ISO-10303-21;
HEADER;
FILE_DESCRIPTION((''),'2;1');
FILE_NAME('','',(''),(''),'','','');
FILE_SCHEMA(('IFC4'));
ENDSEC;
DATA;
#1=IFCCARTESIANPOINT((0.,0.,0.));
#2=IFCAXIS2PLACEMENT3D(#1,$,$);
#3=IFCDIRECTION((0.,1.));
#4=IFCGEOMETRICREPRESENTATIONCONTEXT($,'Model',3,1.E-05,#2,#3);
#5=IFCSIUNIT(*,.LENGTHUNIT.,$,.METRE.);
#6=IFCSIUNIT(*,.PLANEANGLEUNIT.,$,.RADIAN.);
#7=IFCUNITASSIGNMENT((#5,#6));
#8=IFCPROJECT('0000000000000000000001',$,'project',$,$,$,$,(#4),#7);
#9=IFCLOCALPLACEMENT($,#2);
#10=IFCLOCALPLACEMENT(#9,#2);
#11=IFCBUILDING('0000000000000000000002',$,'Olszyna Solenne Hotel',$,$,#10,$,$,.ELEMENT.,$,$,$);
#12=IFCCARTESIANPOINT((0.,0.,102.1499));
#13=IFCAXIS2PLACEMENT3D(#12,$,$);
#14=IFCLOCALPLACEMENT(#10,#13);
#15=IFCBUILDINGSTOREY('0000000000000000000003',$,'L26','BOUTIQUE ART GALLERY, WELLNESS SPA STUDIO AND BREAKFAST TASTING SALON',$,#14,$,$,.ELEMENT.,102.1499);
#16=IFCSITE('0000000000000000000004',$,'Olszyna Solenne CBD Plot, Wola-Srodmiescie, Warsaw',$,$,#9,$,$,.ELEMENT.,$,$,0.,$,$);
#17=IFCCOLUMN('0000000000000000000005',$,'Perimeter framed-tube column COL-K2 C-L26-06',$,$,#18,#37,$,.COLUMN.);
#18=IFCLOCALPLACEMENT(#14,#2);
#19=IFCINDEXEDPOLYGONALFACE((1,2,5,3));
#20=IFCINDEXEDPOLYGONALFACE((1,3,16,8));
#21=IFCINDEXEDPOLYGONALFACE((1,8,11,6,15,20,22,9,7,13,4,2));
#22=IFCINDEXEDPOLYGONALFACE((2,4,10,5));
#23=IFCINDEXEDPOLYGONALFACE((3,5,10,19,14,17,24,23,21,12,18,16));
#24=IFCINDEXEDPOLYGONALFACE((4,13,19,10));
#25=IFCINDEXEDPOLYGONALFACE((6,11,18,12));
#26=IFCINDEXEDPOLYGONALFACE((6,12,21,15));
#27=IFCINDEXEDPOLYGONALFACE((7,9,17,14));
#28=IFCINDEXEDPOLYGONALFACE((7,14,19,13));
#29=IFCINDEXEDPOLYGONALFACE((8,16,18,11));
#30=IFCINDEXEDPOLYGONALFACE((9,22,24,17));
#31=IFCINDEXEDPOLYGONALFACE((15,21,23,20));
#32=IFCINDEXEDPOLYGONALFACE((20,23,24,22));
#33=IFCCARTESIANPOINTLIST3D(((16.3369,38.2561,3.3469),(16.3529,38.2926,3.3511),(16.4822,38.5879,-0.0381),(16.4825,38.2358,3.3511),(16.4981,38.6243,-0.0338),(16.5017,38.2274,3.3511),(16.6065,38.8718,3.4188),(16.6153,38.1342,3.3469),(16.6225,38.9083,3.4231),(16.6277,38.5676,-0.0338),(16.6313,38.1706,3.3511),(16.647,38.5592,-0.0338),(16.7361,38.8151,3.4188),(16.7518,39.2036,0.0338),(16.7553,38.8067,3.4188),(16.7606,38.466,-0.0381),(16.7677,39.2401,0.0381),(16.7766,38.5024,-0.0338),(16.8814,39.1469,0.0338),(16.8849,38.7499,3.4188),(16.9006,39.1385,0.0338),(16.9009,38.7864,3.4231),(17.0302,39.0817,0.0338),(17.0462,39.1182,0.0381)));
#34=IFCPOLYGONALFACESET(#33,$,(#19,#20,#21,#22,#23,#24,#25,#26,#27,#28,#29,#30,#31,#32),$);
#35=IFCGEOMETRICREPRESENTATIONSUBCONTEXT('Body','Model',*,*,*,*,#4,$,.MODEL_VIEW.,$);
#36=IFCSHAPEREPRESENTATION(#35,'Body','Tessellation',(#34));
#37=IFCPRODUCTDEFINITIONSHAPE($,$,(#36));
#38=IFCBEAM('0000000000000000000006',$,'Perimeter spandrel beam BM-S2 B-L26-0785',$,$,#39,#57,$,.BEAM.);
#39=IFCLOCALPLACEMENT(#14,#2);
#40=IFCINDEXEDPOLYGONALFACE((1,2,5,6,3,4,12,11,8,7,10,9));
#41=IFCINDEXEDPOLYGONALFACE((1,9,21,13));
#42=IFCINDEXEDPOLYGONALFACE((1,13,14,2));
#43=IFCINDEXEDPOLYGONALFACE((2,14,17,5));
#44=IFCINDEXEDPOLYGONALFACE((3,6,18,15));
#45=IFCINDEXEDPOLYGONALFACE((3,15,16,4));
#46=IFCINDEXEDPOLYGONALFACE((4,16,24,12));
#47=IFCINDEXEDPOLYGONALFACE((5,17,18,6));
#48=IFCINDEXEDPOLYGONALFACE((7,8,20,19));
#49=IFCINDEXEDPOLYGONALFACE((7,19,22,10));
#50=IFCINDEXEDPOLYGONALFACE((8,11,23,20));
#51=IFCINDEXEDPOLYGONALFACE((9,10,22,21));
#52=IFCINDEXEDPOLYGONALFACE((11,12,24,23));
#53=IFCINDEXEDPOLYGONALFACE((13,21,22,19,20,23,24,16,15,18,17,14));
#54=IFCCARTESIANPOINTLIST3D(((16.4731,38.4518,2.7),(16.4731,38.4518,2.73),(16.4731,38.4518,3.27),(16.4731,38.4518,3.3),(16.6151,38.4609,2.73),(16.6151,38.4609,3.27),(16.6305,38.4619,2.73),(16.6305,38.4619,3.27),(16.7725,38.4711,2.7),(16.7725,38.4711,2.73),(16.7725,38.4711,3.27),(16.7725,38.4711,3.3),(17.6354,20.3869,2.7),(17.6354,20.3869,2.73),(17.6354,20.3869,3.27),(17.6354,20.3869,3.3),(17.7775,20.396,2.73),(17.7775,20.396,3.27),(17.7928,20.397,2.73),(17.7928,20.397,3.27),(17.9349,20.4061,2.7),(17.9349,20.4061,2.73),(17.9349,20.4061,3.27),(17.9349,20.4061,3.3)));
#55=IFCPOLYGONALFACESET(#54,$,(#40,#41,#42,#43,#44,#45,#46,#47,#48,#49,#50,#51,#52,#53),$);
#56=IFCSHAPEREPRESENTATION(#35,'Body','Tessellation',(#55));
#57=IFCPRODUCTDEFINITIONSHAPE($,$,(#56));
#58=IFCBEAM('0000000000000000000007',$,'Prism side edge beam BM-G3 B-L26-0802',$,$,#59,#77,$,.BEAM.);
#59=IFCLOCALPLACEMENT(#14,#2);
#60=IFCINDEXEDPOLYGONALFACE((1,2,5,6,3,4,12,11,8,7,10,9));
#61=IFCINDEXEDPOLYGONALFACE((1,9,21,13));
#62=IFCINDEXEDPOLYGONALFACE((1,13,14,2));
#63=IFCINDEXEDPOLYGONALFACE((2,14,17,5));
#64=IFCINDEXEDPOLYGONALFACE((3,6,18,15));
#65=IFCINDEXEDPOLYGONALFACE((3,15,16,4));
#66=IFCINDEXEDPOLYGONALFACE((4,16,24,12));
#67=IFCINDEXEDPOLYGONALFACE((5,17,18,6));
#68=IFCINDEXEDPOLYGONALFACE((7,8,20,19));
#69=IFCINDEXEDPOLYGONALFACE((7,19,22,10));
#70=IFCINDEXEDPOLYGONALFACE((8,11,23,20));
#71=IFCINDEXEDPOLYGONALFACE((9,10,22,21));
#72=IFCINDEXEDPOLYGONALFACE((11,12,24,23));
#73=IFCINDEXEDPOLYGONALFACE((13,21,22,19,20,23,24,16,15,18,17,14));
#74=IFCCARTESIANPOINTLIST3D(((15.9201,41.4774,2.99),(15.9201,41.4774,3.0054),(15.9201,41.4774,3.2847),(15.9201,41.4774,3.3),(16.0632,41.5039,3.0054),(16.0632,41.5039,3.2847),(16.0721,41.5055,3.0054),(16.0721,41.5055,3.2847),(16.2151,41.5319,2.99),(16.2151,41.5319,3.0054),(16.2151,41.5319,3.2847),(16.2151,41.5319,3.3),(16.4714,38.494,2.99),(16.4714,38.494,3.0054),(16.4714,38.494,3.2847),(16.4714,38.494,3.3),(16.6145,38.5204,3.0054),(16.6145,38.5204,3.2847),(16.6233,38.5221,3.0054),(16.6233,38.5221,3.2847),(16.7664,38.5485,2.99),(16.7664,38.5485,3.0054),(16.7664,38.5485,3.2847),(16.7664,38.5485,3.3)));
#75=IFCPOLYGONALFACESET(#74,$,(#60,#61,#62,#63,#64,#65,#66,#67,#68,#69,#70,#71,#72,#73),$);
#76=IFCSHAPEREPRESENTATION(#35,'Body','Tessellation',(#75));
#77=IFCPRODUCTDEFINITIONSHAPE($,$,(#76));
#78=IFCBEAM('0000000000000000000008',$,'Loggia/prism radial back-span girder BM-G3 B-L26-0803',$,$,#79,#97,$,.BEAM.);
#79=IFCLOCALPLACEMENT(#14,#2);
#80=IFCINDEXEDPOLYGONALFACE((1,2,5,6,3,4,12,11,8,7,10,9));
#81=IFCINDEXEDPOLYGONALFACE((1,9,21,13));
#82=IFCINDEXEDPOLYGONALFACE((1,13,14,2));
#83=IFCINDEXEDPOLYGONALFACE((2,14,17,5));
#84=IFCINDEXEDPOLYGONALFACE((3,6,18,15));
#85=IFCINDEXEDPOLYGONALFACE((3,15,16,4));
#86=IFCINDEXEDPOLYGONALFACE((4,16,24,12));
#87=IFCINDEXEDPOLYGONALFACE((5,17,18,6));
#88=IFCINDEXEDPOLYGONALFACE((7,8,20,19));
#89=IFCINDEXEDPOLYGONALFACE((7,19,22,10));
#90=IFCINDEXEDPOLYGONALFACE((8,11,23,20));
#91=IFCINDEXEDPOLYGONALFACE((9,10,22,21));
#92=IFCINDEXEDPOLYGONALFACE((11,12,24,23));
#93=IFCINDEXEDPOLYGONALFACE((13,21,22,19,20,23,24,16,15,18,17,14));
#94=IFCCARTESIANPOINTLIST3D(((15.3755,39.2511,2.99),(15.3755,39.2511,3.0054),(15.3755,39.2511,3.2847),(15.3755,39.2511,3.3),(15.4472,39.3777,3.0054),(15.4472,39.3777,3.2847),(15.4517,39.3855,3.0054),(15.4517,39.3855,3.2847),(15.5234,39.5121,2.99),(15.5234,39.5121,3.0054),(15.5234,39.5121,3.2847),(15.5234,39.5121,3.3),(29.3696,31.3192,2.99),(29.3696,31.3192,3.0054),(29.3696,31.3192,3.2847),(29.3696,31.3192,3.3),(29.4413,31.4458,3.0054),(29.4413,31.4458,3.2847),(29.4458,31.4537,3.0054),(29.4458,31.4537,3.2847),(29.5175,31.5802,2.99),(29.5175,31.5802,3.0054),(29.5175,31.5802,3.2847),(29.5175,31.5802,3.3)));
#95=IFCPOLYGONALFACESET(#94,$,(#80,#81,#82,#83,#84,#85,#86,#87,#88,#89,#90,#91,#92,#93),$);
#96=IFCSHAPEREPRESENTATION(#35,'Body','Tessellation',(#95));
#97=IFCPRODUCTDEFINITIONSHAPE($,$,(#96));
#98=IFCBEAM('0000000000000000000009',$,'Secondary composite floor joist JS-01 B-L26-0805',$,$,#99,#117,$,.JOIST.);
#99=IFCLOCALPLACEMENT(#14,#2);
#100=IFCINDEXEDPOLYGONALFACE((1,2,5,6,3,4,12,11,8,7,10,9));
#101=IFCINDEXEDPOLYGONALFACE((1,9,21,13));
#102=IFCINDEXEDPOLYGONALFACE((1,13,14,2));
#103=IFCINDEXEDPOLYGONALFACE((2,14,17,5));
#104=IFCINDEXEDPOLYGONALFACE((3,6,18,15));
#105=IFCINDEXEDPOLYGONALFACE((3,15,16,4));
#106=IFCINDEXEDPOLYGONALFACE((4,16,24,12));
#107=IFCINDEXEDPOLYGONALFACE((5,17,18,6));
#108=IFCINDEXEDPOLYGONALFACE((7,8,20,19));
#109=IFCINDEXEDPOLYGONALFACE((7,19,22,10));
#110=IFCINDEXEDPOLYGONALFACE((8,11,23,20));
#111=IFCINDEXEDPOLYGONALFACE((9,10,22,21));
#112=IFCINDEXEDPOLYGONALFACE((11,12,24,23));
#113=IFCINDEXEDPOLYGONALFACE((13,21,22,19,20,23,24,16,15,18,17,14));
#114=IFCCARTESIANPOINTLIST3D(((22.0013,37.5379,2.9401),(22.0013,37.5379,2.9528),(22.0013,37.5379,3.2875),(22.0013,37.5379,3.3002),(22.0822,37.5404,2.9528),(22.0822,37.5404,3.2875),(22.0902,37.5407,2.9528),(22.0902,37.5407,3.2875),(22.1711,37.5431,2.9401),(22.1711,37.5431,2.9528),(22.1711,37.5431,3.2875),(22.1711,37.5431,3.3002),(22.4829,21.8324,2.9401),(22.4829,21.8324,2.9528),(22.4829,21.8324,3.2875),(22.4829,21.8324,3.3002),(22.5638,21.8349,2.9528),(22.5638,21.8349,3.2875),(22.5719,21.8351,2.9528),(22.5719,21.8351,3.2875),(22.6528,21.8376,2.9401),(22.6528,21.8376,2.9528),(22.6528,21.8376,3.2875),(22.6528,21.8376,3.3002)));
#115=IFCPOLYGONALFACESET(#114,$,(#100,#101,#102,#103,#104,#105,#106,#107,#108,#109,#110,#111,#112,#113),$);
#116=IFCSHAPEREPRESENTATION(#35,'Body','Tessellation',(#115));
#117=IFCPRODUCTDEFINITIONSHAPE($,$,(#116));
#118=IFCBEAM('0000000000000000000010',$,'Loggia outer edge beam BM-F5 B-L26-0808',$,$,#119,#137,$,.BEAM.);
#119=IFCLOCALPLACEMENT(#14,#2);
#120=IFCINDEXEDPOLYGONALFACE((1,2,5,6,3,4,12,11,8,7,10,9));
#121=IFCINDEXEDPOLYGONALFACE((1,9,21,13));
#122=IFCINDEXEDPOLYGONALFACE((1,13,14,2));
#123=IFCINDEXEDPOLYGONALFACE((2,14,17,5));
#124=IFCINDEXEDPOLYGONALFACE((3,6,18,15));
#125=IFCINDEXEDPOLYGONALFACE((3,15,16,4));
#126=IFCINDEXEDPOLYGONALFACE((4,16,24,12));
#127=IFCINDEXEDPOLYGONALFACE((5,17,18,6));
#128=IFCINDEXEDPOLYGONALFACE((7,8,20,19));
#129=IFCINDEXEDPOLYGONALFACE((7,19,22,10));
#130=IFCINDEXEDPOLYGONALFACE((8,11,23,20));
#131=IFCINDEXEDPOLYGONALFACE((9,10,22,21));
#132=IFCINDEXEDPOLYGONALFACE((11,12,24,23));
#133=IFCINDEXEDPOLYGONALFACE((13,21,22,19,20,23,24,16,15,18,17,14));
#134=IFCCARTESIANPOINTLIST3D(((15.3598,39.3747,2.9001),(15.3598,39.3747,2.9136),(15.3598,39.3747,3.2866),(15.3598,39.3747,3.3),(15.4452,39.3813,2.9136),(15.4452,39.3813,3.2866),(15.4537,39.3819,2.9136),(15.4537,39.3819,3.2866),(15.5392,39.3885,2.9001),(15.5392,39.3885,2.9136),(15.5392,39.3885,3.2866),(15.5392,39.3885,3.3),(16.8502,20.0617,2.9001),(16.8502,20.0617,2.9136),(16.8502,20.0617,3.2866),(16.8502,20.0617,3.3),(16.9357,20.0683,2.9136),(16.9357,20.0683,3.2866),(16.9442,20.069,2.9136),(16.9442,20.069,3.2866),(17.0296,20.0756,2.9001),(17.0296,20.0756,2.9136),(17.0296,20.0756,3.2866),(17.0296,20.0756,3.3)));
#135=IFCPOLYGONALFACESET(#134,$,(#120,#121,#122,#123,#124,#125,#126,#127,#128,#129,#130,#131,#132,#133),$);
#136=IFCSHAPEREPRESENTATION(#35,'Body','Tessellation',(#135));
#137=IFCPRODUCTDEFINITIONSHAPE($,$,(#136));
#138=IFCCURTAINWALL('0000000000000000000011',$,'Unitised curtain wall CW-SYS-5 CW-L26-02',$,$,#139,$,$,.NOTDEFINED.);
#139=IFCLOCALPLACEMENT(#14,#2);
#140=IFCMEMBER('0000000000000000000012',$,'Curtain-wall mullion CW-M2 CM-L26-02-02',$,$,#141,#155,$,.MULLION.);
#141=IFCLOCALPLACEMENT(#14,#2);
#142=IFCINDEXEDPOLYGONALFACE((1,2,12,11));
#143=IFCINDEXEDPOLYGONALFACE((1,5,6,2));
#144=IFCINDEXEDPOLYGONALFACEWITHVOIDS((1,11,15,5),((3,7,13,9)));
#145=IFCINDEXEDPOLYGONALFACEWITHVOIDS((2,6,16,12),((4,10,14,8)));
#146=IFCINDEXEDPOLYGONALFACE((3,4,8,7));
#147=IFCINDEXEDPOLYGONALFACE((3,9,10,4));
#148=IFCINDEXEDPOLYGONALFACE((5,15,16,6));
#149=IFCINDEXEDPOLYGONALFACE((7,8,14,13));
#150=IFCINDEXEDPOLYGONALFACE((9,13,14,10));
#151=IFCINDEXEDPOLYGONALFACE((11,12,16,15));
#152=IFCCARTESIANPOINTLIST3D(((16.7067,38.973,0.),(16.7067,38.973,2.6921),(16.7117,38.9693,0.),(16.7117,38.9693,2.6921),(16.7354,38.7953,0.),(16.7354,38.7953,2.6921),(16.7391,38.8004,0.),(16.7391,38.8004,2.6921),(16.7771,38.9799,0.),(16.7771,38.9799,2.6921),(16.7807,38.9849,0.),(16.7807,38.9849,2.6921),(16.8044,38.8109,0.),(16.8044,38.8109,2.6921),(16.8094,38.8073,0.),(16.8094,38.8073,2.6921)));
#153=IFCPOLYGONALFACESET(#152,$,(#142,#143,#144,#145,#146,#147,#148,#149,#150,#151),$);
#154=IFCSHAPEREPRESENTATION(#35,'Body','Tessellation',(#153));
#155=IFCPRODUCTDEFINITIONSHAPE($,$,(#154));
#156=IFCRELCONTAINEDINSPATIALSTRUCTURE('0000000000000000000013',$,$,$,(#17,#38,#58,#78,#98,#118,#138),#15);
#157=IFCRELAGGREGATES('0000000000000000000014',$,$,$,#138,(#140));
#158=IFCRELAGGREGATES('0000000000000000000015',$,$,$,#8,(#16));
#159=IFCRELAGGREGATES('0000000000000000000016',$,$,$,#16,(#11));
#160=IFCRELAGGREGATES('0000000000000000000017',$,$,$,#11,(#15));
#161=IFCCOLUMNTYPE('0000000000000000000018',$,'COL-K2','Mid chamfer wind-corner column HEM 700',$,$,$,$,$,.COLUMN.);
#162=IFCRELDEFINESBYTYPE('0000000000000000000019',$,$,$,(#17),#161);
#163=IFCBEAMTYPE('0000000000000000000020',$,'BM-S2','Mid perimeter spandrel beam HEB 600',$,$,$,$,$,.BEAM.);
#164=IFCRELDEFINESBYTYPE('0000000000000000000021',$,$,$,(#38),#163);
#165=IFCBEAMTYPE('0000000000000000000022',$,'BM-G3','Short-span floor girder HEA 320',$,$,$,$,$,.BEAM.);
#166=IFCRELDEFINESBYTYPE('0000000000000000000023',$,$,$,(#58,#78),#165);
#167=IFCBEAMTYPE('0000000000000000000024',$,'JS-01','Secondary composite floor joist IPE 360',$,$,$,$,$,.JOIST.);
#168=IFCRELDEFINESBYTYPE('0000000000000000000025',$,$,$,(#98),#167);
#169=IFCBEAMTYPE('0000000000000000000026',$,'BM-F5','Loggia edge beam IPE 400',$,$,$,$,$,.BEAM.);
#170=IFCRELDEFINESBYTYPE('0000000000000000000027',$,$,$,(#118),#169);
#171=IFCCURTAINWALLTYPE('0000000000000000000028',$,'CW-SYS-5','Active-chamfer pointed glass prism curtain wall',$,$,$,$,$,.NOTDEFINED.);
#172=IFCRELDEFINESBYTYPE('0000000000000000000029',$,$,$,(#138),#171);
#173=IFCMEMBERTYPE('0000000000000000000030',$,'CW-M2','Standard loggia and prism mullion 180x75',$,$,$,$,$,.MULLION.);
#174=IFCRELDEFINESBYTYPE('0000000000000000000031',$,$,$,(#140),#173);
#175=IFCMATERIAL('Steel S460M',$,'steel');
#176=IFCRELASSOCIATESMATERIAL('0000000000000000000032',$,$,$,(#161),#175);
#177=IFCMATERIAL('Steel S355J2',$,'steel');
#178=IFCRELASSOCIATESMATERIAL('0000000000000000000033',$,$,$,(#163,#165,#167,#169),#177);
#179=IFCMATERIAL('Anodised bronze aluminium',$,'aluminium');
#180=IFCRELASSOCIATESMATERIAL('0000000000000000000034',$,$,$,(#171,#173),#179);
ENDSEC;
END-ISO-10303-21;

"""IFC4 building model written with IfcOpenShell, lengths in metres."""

from ifc_helpers import new_model, si_unit, direction, frame, origin, origin_2d, place, context, subcontext, project, spatial, hollow_rectangle, i_section, extrude, source, transform, mapped, material, material_profile, profile_set, type_object, element, aggregate, save


model = new_model("IFC4")

# Units and contexts
model_context = context("Model", 3, precision=1e-05, world=origin(), true_north=direction((0.0, 1.0)))
body_context = subcontext(model_context, "Body", "Model", "MODEL_VIEW")
ifc_project = project(units=[si_unit("LENGTHUNIT", "METRE"), si_unit("PLANEANGLEUNIT", "RADIAN")], contexts=[model_context])

# Site, building, storey
site_placement = place(None, origin())
site = spatial("IfcSite", under=ifc_project, at=site_placement, Name="Olszyna Solenne CBD Plot, Wola-Srodmiescie, Warsaw", CompositionType="ELEMENT", RefElevation=0.0)
building_placement = place(site_placement, origin())
building = spatial("IfcBuilding", under=site, at=building_placement, Name="Olszyna Solenne Hotel", CompositionType="ELEMENT")
storey_placement = place(building_placement, frame((0.0, 0.0, 102.1499)))
storey = spatial("IfcBuildingStorey", under=building, at=storey_placement, Name="L26", Description="BOUTIQUE ART GALLERY, WELLNESS SPA STUDIO AND BREAKFAST TASTING SALON", CompositionType="ELEMENT", Elevation=102.1499)

# Column
ifc_material_1 = material(Name="Steel S460M", Category="steel")
ifc_material_profile_1 = material_profile(ifc_material_1, i_section(OverallWidth=0.304, OverallDepth=0.7161, WebThickness=0.021, FlangeThickness=0.04, at=origin_2d()), Name="HEM 700", Category="load-bearing")
ifc_profile_set_1 = profile_set([ifc_material_profile_1], Name="Steel S460M")
column_type = type_object("IfcColumnType", Name="COL-K2", Description="Mid chamfer wind-corner column HEM 700", PredefinedType="COLUMN", material=ifc_profile_set_1)
shared_shape_1 = source(origin(), body_context, "Body", "SweptSolid", [
    extrude(i_section(OverallWidth=0.304, OverallDepth=0.7161, WebThickness=0.021, FlangeThickness=0.04, at=origin_2d()), origin(), (0.0, 0.0, 1.0), 3.4043),
])
column_placement = place(storey_placement, frame((16.7642, 38.853, 0.0), z_axis=(-0.04267, -0.09746, 0.994324), x_axis=(0.916049, -0.401066, 0.0)))
element("IfcColumn", 1, at=column_placement, inside=storey, type_object=column_type, Name="Perimeter framed-tube column COL-K2 C-L26-06", PredefinedType="COLUMN", context=body_context, shape_type="MappedRepresentation", body=[
    mapped(shared_shape_1, transform((0.0, 0.0, 0.0), x_axis=(1.0, 0.0, 0.0), y_axis=(0.0, 1.0, 0.0), z_axis=(0.0, 0.0, 1.0), scale=1.0)),
])

# Beams
ifc_material_2 = material(Name="Steel S355J2", Category="steel")
ifc_material_profile_2 = material_profile(ifc_material_2, i_section(OverallWidth=0.3, OverallDepth=0.6001, WebThickness=0.0154, FlangeThickness=0.03, at=origin_2d()), Name="HEB 600", Category="load-bearing")
ifc_profile_set_2 = profile_set([ifc_material_profile_2], Name="Steel S355J2")
beam_type_1 = type_object("IfcBeamType", Name="BM-S2", Description="Mid perimeter spandrel beam HEB 600", PredefinedType="BEAM", material=ifc_profile_set_2)
shared_shape_2 = source(origin(), body_context, "Body", "SweptSolid", [
    extrude(i_section(OverallWidth=0.3, OverallDepth=0.6001, WebThickness=0.0154, FlangeThickness=0.03, at=origin_2d()), origin(), (0.0, 0.0, 1.0), 18.1023),
])
beam_1_placement = place(storey_placement, frame((16.6228, 38.4614, 3.0), z_axis=(0.06421, -0.997936, 0.0), x_axis=(0.997936, 0.06421, 0.0)))
element("IfcBeam", 2, at=beam_1_placement, inside=storey, type_object=beam_type_1, Name="Perimeter spandrel beam BM-S2 B-L26-0785", PredefinedType="BEAM", context=body_context, shape_type="MappedRepresentation", body=[
    mapped(shared_shape_2, transform((0.0, 0.0, 0.0), x_axis=(1.0, 0.0, 0.0), y_axis=(0.0, 1.0, 0.0), z_axis=(0.0, 0.0, 1.0), scale=1.0)),
])
ifc_material_profile_3 = material_profile(ifc_material_2, i_section(OverallWidth=0.3, OverallDepth=0.3101, WebThickness=0.009, FlangeThickness=0.0154, at=origin_2d()), Name="HEA 320", Category="load-bearing")
ifc_profile_set_3 = profile_set([ifc_material_profile_3], Name="Steel S355J2")
beam_type_2 = type_object("IfcBeamType", Name="BM-G3", Description="Short-span floor girder HEA 320", PredefinedType="BEAM", material=ifc_profile_set_3)
shared_shape_3 = source(origin(), body_context, "Body", "SweptSolid", [
    extrude(i_section(OverallWidth=0.3, OverallDepth=0.3101, WebThickness=0.009, FlangeThickness=0.0154, at=origin_2d()), origin(), (0.0, 0.0, 1.0), 3.0339),
])
beam_2_placement = place(storey_placement, frame((16.6189, 38.5212, 3.145), z_axis=(-0.181703, 0.983353, 0.0), x_axis=(-0.983353, -0.181703, 0.0)))
element("IfcBeam", 3, at=beam_2_placement, inside=storey, type_object=beam_type_2, Name="Prism side edge beam BM-G3 B-L26-0802", PredefinedType="BEAM", context=body_context, shape_type="MappedRepresentation", body=[
    mapped(shared_shape_3, transform((0.0, 0.0, 0.0), x_axis=(1.0, 0.0, 0.0), y_axis=(0.0, 1.0, 0.0), z_axis=(0.0, 0.0, 1.0), scale=1.0)),
])
shared_shape_4 = source(origin(), body_context, "Body", "SweptSolid", [
    extrude(i_section(OverallWidth=0.3, OverallDepth=0.3101, WebThickness=0.009, FlangeThickness=0.0154, at=origin_2d()), origin(), (0.0, 0.0, 1.0), 16.0857),
])
beam_3_placement = place(storey_placement, frame((15.4495, 39.3816, 3.145), z_axis=(0.869972, -0.493101, 0.0), x_axis=(0.493101, 0.869972, 0.0)))
element("IfcBeam", 4, at=beam_3_placement, inside=storey, type_object=beam_type_2, Name="Loggia/prism radial back-span girder BM-G3 B-L26-0803", PredefinedType="BEAM", context=body_context, shape_type="MappedRepresentation", body=[
    mapped(shared_shape_4, transform((0.0, 0.0, 0.0), x_axis=(1.0, 0.0, 0.0), y_axis=(0.0, 1.0, 0.0), z_axis=(0.0, 0.0, 1.0), scale=1.0)),
])
ifc_material_profile_4 = material_profile(ifc_material_2, i_section(OverallWidth=0.1699, OverallDepth=0.3601, WebThickness=0.0081, FlangeThickness=0.0127, at=origin_2d()), Name="IPE 360", Category="load-bearing")
ifc_profile_set_4 = profile_set([ifc_material_profile_4], Name="Steel S355J2")
beam_type_3 = type_object("IfcBeamType", Name="JS-01", Description="Secondary composite floor joist IPE 360", PredefinedType="JOIST", material=ifc_profile_set_4)
shared_shape_5 = source(origin(), body_context, "Body", "SweptSolid", [
    extrude(i_section(OverallWidth=0.1699, OverallDepth=0.3601, WebThickness=0.0081, FlangeThickness=0.0127, at=origin_2d()), origin(), (0.0, 0.0, 1.0), 15.7129),
])
beam_4_placement = place(storey_placement, frame((22.0862, 37.5405, 3.1201), z_axis=(0.030656, -0.99953, 0.0), x_axis=(0.99953, 0.030656, 0.0)))
element("IfcBeam", 5, at=beam_4_placement, inside=storey, type_object=beam_type_3, Name="Secondary composite floor joist JS-01 B-L26-0805", PredefinedType="JOIST", context=body_context, shape_type="MappedRepresentation", body=[
    mapped(shared_shape_5, transform((0.0, 0.0, 0.0), x_axis=(1.0, 0.0, 0.0), y_axis=(0.0, 1.0, 0.0), z_axis=(0.0, 0.0, 1.0), scale=1.0)),
])
ifc_material_profile_5 = material_profile(ifc_material_2, i_section(OverallWidth=0.1799, OverallDepth=0.3999, WebThickness=0.0085, FlangeThickness=0.0134, at=origin_2d()), Name="IPE 400", Category="load-bearing")
ifc_profile_set_5 = profile_set([ifc_material_profile_5], Name="Steel S355J2")
beam_type_4 = type_object("IfcBeamType", Name="BM-F5", Description="Loggia edge beam IPE 400", PredefinedType="BEAM", material=ifc_profile_set_5)
shared_shape_6 = source(origin(), body_context, "Body", "SweptSolid", [
    extrude(i_section(OverallWidth=0.1799, OverallDepth=0.3999, WebThickness=0.0085, FlangeThickness=0.0134, at=origin_2d()), origin(), (0.0, 0.0, 1.0), 19.3704),
])
beam_5_placement = place(storey_placement, frame((15.4495, 39.3816, 3.1001), z_axis=(0.076946, -0.997035, 0.0), x_axis=(0.997035, 0.076946, 0.0)))
element("IfcBeam", 6, at=beam_5_placement, inside=storey, type_object=beam_type_4, Name="Loggia outer edge beam BM-F5 B-L26-0808", PredefinedType="BEAM", context=body_context, shape_type="MappedRepresentation", body=[
    mapped(shared_shape_6, transform((0.0, 0.0, 0.0), x_axis=(1.0, 0.0, 0.0), y_axis=(0.0, 1.0, 0.0), z_axis=(0.0, 0.0, 1.0), scale=1.0)),
])

# Curtain wall, member
ifc_material_3 = material(Name="Anodised bronze aluminium", Category="aluminium")
curtain_wall_type = type_object("IfcCurtainWallType", Name="CW-SYS-5", Description="Active-chamfer pointed glass prism curtain wall", PredefinedType="NOTDEFINED", material=ifc_material_3)
curtain_wall_placement = place(storey_placement, origin())
curtain_wall = element("IfcCurtainWall", 7, at=curtain_wall_placement, inside=storey, type_object=curtain_wall_type, Name="Unitised curtain wall CW-SYS-5 CW-L26-02", PredefinedType="NOTDEFINED")
ifc_material_profile_6 = material_profile(ifc_material_3, hollow_rectangle(XDim=0.075, YDim=0.1799, WallThickness=0.0044, at=origin_2d()), Name="MULL 180x75x4.5", Category="load-bearing")
ifc_profile_set_6 = profile_set([ifc_material_profile_6], Name="Anodised bronze aluminium")
member_type = type_object("IfcMemberType", Name="CW-M2", Description="Standard loggia and prism mullion 180x75", PredefinedType="MULLION", material=ifc_profile_set_6)
shared_shape_7 = source(origin(), body_context, "Body", "SweptSolid", [
    extrude(hollow_rectangle(XDim=0.075, YDim=0.1799, WallThickness=0.0044, at=origin_2d()), origin(), (0.0, 0.0, 1.0), 2.6921),
])
member_placement = place(storey_placement, frame((16.7581, 38.8901, 0.0), z_axis=(0.0, 0.0, 1.0), x_axis=(0.987175, 0.15964, 0.0)))
member = element("IfcMember", 8, at=member_placement, type_object=member_type, Name="Curtain-wall mullion CW-M2 CM-L26-02-02", PredefinedType="MULLION", context=body_context, shape_type="MappedRepresentation", body=[
    mapped(shared_shape_7, transform((0.0, 0.0, 0.0), x_axis=(1.0, 0.0, 0.0), y_axis=(0.0, 1.0, 0.0), z_axis=(0.0, 0.0, 1.0), scale=1.0)),
])
aggregate(curtain_wall, [member])

save(model, "model.ifc")
